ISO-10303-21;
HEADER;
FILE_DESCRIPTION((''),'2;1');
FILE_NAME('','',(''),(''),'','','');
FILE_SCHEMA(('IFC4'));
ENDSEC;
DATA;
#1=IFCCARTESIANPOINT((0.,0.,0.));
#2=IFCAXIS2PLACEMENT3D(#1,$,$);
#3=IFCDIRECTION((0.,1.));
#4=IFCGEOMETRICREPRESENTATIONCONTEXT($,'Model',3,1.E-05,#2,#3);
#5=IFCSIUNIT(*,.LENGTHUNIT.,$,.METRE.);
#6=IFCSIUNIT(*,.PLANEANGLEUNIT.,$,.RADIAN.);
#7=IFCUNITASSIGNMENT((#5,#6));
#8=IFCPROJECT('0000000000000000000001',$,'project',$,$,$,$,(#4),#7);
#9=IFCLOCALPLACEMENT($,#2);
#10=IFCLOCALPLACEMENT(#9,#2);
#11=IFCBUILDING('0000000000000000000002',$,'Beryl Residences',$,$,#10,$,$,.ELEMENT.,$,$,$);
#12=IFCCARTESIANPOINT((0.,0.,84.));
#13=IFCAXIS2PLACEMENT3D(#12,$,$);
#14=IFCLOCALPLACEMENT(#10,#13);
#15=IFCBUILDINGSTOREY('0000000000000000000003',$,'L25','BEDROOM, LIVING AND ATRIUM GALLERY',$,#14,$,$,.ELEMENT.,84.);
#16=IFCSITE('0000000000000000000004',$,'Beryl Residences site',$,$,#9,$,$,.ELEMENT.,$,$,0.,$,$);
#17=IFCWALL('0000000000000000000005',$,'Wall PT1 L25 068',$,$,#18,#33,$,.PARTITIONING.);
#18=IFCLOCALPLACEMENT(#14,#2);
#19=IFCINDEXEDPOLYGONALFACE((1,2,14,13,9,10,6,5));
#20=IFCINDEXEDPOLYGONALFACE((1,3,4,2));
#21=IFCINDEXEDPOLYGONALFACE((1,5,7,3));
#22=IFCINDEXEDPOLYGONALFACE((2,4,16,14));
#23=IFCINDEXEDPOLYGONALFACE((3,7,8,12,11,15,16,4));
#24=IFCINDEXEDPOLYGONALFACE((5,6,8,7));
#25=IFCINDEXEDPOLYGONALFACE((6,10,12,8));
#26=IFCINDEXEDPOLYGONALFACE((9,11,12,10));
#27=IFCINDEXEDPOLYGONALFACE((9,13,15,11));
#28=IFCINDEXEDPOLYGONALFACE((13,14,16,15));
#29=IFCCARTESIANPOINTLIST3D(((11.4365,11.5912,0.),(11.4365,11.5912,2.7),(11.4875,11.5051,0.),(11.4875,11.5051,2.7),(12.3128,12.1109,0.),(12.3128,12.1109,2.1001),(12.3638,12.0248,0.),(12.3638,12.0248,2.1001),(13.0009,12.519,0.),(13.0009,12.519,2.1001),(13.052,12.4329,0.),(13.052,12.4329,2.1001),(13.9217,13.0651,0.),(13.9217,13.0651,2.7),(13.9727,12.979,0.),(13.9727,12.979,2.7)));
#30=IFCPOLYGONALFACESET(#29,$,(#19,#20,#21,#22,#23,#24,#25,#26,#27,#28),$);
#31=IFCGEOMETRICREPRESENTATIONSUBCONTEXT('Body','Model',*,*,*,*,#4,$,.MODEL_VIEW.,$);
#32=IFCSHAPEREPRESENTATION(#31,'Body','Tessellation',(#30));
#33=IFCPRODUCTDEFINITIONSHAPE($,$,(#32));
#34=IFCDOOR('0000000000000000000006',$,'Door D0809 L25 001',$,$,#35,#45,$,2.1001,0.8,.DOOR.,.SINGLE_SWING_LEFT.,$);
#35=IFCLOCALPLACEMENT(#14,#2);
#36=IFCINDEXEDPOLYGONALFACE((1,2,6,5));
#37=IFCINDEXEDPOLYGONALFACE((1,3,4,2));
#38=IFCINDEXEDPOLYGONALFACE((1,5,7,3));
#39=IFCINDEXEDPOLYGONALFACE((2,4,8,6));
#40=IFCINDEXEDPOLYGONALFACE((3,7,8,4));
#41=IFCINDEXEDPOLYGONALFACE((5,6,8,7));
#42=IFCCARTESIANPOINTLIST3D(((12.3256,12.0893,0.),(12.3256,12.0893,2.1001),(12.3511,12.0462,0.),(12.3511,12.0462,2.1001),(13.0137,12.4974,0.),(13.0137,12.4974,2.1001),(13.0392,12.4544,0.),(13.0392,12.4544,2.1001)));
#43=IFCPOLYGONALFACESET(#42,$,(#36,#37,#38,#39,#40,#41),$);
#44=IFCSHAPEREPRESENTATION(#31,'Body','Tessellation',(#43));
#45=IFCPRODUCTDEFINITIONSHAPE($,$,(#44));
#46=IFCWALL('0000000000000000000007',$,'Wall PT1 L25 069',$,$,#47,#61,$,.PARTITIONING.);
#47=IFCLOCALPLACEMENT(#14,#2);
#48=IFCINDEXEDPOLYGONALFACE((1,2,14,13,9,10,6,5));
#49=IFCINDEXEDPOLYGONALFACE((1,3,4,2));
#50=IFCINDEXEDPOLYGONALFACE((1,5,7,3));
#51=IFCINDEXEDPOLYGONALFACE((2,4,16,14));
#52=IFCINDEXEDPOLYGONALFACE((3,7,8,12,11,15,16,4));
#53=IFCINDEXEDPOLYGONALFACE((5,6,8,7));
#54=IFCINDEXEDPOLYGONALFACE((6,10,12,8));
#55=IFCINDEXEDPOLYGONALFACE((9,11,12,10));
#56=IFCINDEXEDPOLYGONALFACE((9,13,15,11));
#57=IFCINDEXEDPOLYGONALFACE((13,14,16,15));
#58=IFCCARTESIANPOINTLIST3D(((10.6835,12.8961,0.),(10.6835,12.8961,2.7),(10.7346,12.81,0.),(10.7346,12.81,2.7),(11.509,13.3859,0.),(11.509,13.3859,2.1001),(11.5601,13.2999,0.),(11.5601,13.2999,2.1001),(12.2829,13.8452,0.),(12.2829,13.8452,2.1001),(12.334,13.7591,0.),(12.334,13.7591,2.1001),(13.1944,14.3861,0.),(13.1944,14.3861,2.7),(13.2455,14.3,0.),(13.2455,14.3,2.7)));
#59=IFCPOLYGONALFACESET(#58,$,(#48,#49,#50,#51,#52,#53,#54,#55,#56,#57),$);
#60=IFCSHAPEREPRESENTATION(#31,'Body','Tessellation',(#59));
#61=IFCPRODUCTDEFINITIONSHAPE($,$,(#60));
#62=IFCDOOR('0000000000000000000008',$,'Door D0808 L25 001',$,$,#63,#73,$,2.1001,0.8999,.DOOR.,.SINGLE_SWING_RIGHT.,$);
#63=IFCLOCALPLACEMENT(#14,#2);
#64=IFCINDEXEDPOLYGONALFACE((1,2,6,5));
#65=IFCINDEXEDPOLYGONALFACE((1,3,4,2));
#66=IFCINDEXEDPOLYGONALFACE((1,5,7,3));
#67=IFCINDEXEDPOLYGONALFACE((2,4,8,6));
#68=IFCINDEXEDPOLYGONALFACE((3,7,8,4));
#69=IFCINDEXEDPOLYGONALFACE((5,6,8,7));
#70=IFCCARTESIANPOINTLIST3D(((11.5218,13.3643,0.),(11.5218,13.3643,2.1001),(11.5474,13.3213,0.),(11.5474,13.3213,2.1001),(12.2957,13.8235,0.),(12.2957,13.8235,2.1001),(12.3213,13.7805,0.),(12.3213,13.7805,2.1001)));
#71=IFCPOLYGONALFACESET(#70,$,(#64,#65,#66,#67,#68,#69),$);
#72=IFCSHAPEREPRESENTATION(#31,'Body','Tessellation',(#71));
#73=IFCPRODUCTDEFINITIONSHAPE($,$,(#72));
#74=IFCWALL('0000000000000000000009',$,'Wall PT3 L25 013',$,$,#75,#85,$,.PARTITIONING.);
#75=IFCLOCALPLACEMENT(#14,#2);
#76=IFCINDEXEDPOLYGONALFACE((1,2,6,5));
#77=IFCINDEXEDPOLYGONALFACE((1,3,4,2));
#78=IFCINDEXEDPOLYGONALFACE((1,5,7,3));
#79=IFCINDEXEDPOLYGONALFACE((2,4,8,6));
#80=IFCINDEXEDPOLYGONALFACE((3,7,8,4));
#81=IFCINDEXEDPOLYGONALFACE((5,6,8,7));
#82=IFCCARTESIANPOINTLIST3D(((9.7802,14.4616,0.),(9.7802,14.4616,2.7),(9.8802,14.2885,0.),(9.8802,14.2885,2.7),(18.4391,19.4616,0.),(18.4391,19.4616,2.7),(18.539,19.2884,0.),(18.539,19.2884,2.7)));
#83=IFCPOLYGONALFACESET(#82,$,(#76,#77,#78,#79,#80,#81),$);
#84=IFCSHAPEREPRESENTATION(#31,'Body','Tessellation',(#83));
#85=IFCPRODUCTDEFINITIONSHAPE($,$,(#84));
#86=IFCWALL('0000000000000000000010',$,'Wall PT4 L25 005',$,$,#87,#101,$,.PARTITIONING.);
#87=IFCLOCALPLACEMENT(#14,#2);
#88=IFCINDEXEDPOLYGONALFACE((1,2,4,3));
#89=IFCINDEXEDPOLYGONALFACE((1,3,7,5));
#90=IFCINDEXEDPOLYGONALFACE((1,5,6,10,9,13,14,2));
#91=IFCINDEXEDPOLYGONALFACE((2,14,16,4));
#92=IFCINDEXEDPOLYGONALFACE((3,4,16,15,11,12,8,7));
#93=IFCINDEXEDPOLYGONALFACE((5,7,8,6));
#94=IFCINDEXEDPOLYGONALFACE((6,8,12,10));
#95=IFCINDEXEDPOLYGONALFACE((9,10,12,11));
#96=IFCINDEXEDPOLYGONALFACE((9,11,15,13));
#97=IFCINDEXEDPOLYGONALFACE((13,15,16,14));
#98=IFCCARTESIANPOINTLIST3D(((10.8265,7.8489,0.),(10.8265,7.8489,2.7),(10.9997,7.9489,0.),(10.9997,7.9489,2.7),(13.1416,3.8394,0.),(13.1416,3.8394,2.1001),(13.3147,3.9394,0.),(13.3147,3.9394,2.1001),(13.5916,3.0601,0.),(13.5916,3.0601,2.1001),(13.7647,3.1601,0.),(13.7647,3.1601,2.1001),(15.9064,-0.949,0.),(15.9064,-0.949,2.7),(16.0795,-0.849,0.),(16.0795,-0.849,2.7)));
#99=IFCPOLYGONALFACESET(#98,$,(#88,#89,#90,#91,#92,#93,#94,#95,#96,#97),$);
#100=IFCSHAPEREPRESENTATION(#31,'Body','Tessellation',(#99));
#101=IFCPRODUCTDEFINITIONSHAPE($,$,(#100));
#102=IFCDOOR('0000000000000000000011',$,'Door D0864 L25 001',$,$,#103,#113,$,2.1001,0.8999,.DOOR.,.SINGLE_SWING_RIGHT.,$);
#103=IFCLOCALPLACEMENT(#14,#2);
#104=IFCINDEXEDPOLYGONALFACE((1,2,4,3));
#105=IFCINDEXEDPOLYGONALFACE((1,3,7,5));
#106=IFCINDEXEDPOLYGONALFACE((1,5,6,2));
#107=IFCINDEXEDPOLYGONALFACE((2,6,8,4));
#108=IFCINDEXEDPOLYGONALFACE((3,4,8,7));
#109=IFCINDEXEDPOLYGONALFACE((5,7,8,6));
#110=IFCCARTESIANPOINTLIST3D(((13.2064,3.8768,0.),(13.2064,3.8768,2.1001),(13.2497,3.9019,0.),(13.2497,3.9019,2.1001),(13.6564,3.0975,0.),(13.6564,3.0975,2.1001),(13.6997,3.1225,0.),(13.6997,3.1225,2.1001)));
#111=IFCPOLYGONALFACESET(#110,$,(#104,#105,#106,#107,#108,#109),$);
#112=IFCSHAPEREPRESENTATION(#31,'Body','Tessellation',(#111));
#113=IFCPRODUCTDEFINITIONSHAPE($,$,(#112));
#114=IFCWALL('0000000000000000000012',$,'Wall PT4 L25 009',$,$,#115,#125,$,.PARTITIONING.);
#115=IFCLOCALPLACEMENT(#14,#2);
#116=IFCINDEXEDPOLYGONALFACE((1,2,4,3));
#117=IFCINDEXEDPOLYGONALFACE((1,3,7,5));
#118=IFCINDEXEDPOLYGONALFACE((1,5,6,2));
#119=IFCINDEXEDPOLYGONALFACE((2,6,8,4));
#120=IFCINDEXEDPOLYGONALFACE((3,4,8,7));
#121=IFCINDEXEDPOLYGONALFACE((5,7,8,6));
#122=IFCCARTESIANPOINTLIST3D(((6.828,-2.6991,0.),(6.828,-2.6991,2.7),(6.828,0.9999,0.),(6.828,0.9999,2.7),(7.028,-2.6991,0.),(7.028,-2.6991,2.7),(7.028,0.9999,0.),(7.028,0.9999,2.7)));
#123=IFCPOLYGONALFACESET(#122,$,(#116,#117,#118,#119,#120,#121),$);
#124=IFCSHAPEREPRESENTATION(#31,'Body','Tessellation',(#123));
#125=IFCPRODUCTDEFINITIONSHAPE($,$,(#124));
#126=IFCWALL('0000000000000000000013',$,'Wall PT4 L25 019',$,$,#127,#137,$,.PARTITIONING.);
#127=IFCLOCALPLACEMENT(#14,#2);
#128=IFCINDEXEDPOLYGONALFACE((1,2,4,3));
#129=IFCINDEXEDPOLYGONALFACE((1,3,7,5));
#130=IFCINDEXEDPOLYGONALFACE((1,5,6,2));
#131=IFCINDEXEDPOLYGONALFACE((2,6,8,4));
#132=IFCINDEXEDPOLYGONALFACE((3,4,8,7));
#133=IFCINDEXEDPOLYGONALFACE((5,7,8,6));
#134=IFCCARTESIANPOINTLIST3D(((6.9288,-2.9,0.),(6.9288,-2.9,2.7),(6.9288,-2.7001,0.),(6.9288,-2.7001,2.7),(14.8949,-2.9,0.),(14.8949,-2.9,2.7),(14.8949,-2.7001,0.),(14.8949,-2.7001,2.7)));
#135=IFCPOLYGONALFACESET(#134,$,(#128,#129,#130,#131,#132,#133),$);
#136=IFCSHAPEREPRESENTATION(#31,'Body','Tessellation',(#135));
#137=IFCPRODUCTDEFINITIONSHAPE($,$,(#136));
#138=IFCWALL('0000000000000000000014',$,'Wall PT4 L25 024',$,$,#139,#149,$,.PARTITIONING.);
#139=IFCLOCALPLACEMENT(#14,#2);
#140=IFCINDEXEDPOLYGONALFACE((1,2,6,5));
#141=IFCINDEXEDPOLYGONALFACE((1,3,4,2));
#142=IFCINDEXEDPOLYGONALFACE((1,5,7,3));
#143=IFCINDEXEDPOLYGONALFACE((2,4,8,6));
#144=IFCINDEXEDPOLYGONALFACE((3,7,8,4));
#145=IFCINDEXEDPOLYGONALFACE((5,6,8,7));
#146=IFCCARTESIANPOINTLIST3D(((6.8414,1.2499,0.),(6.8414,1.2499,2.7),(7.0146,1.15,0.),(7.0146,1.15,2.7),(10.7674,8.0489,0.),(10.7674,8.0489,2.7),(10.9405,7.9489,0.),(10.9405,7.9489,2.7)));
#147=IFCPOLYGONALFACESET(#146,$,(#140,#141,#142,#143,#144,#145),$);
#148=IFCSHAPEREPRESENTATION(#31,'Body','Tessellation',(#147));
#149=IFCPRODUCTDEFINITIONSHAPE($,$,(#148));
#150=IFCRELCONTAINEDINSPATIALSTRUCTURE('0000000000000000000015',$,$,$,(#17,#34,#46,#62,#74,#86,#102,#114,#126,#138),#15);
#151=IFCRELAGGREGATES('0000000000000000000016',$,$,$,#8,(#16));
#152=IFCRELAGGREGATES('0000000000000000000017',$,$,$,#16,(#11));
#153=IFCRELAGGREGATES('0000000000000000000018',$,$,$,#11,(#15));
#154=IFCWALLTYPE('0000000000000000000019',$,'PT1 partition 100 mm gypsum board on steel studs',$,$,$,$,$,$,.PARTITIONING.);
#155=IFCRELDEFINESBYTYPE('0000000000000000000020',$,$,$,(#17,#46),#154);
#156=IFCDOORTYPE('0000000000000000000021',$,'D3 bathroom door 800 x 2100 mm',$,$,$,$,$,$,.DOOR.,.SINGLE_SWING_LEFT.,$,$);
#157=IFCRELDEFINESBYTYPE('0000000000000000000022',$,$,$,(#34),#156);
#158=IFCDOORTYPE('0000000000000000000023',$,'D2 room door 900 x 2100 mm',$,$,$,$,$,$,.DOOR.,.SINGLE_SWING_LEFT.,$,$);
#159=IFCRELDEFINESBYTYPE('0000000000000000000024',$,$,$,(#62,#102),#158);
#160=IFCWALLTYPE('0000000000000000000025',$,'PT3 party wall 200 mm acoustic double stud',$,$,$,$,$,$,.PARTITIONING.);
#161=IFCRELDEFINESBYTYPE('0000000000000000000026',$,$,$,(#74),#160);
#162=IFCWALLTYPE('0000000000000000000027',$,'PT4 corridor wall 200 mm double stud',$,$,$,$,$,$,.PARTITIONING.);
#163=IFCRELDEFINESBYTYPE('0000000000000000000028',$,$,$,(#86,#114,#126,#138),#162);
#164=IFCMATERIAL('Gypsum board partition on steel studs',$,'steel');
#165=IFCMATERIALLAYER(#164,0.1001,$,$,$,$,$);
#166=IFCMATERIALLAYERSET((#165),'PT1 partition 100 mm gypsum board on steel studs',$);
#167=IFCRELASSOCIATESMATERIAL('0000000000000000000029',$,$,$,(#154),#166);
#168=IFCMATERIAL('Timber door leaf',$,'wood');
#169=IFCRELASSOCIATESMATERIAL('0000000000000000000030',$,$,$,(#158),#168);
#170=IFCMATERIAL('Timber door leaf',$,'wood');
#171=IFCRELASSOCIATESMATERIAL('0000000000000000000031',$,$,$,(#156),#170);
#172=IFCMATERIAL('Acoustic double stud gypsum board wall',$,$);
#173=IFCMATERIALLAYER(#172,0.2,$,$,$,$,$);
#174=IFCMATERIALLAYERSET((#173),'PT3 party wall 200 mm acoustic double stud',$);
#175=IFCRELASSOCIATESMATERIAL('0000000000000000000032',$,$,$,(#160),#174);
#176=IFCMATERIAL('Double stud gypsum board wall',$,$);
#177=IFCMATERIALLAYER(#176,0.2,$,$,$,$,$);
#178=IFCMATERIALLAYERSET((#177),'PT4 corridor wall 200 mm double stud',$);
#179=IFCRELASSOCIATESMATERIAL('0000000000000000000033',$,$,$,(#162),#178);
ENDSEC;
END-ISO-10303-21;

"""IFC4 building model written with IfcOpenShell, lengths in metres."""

from ifc_helpers import new_model, si_unit, direction, frame, frame_2d, origin, place, context, subcontext, project, spatial, rectangle, extrude, material, layer, layer_set, type_object, element, fill, save


model = new_model("IFC4")

# Units and contexts
model_context = context("Model", 3, precision=1e-05, world=origin(), true_north=direction((0.0, 1.0)))
body_context = subcontext(model_context, "Body", "Model", "MODEL_VIEW")
ifc_project = project(units=[si_unit("LENGTHUNIT", "METRE"), si_unit("PLANEANGLEUNIT", "RADIAN")], contexts=[model_context])

# Site, building, storey
site_placement = place(None, origin())
site = spatial("IfcSite", under=ifc_project, at=site_placement, Name="Beryl Residences site", CompositionType="ELEMENT", RefElevation=0.0)
building_placement = place(site_placement, origin())
building = spatial("IfcBuilding", under=site, at=building_placement, Name="Beryl Residences", CompositionType="ELEMENT")
storey_placement = place(building_placement, frame((0.0, 0.0, 84.0)))
storey = spatial("IfcBuildingStorey", under=building, at=storey_placement, Name="L25", Description="BEDROOM, LIVING AND ATRIUM GALLERY", CompositionType="ELEMENT", Elevation=84.0)

# Shared definitions
ifc_material_1 = material(Name="Gypsum board partition on steel studs", Category="steel")
ifc_layer_1 = layer(ifc_material_1, 0.1001)
ifc_layer_set_1 = layer_set([ifc_layer_1], Name="PT1 partition 100 mm gypsum board on steel studs")
wall_type_1 = type_object("IfcWallType", Name="PT1 partition 100 mm gypsum board on steel studs", PredefinedType="PARTITIONING", material=ifc_layer_set_1)

# Walls, openings, doors
ifc_material_2 = material(Name="Timber door leaf", Category="wood")
door_type_1 = type_object("IfcDoorType", Name="D2 room door 900 x 2100 mm", OperationType="SINGLE_SWING_LEFT", PredefinedType="DOOR", material=ifc_material_2)
wall_1_placement = place(storey_placement, frame((11.4619, 11.5481, 0.0), z_axis=(0.0, 0.0, 1.0), x_axis=(0.860106, 0.510115, 0.0)))
wall_1 = element("IfcWall", 1, at=wall_1_placement, inside=storey, type_object=wall_type_1, Name="Wall PT1 L25 068", PredefinedType="PARTITIONING", context=body_context, shape_type="SweptSolid", body=[
    extrude(rectangle(XDim=2.8894, YDim=0.1001, at=frame_2d((1.4448, 0.0))), origin(), (0.0, 0.0, 1.0), 2.7),
])
opening_1_placement = place(wall_1_placement, frame((1.019, 0.0, 0.0)))
opening_1 = element("IfcOpeningElement", 2, at=opening_1_placement, cuts=wall_1, PredefinedType="OPENING", context=body_context, shape_type="SweptSolid", body=[
    extrude(rectangle(XDim=0.8, YDim=2.1001, at=frame_2d((0.3999, 1.05))), frame((0.0, 0.0601, 0.0), z_axis=(0.0, -1.0, 0.0), x_axis=(1.0, 0.0, 0.0)), (0.0, 0.0, 1.0), 0.1201),
])
ifc_material_3 = material(Name="Timber door leaf", Category="wood")
door_type_2 = type_object("IfcDoorType", Name="D3 bathroom door 800 x 2100 mm", OperationType="SINGLE_SWING_LEFT", PredefinedType="DOOR", material=ifc_material_3)
door_1_placement = place(opening_1_placement, origin())
door_1 = element("IfcDoor", 3, at=door_1_placement, inside=storey, type_object=door_type_2, Name="Door D0809 L25 001", OperationType="SINGLE_SWING_LEFT", OverallHeight=2.1001, OverallWidth=0.8, PredefinedType="DOOR", context=body_context, shape_type="SweptSolid", body=[
    extrude(rectangle(XDim=0.8, YDim=2.1001, at=frame_2d((0.3999, 1.05))), frame((0.0, 0.0249, 0.0), z_axis=(0.0, -1.0, 0.0), x_axis=(1.0, 0.0, 0.0)), (0.0, 0.0, 1.0), 0.05),
])
fill(opening_1, door_1)
wall_2_placement = place(storey_placement, frame((10.709, 12.853, 0.0), z_axis=(0.0, 0.0, 1.0), x_axis=(0.859991, 0.510309, 0.0)))
wall_2 = element("IfcWall", 4, at=wall_2_placement, inside=storey, type_object=wall_type_1, Name="Wall PT1 L25 069", PredefinedType="PARTITIONING", context=body_context, shape_type="SweptSolid", body=[
    extrude(rectangle(XDim=2.9197, YDim=0.1001, at=frame_2d((1.46, 0.0))), origin(), (0.0, 0.0, 1.0), 2.7),
])
opening_2_placement = place(wall_2_placement, frame((0.96, 0.0, 0.0)))
opening_2 = element("IfcOpeningElement", 5, at=opening_2_placement, cuts=wall_2, PredefinedType="OPENING", context=body_context, shape_type="SweptSolid", body=[
    extrude(rectangle(XDim=0.8999, YDim=2.1001, at=frame_2d((0.45, 1.05))), frame((0.0, 0.0601, 0.0), z_axis=(0.0, -1.0, 0.0), x_axis=(1.0, 0.0, 0.0)), (0.0, 0.0, 1.0), 0.1201),
])
door_2_placement = place(opening_2_placement, origin())
door_2 = element("IfcDoor", 6, at=door_2_placement, inside=storey, type_object=door_type_1, Name="Door D0808 L25 001", OperationType="SINGLE_SWING_RIGHT", OverallHeight=2.1001, OverallWidth=0.8999, PredefinedType="DOOR", context=body_context, shape_type="SweptSolid", body=[
    extrude(rectangle(XDim=0.8999, YDim=2.1001, at=frame_2d((0.45, 1.05))), frame((0.0, 0.0249, 0.0), z_axis=(0.0, -1.0, 0.0), x_axis=(1.0, 0.0, 0.0)), (0.0, 0.0, 1.0), 0.05),
])
fill(opening_2, door_2)

# Wall
ifc_material_4 = material(Name="Acoustic double stud gypsum board wall")
ifc_layer_2 = layer(ifc_material_4, 0.2)
ifc_layer_set_2 = layer_set([ifc_layer_2], Name="PT3 party wall 200 mm acoustic double stud")
wall_type_2 = type_object("IfcWallType", Name="PT3 party wall 200 mm acoustic double stud", PredefinedType="PARTITIONING", material=ifc_layer_set_2)
wall_3_placement = place(storey_placement, frame((9.8301, 14.375, 0.0), z_axis=(0.0, 0.0, 1.0), x_axis=(0.865992, 0.500057, 0.0)))
element("IfcWall", 7, at=wall_3_placement, inside=storey, type_object=wall_type_2, Name="Wall PT3 L25 013", PredefinedType="PARTITIONING", context=body_context, shape_type="SweptSolid", body=[
    extrude(rectangle(XDim=9.9988, YDim=0.2, at=frame_2d((4.9995, 0.0))), origin(), (0.0, 0.0, 1.0), 2.7),
])

# Wall, opening, door
ifc_material_5 = material(Name="Double stud gypsum board wall")
ifc_layer_3 = layer(ifc_material_5, 0.2)
ifc_layer_set_3 = layer_set([ifc_layer_3], Name="PT4 corridor wall 200 mm double stud")
wall_type_3 = type_object("IfcWallType", Name="PT4 corridor wall 200 mm double stud", PredefinedType="PARTITIONING", material=ifc_layer_set_3)
wall_4_placement = place(storey_placement, frame((10.9131, 7.8989, 0.0), z_axis=(0.0, 0.0, 1.0), x_axis=(0.500029, -0.866009, 0.0)))
wall_4 = element("IfcWall", 8, at=wall_4_placement, inside=storey, type_object=wall_type_3, Name="Wall PT4 L25 005", PredefinedType="PARTITIONING", context=body_context, shape_type="SweptSolid", body=[
    extrude(rectangle(XDim=10.1592, YDim=0.2, at=frame_2d((5.0796, 0.0))), origin(), (0.0, 0.0, 1.0), 2.7),
])
opening_3_placement = place(wall_4_placement, frame((4.6299, 0.0, 0.0)))
opening_3 = element("IfcOpeningElement", 9, at=opening_3_placement, cuts=wall_4, PredefinedType="OPENING", context=body_context, shape_type="SweptSolid", body=[
    extrude(rectangle(XDim=0.8999, YDim=2.1001, at=frame_2d((0.45, 1.05))), frame((0.0, 0.1099, 0.0), z_axis=(0.0, -1.0, 0.0), x_axis=(1.0, 0.0, 0.0)), (0.0, 0.0, 1.0), 0.22),
])
door_3_placement = place(opening_3_placement, origin())
door_3 = element("IfcDoor", 10, at=door_3_placement, inside=storey, type_object=door_type_1, Name="Door D0864 L25 001", OperationType="SINGLE_SWING_RIGHT", OverallHeight=2.1001, OverallWidth=0.8999, PredefinedType="DOOR", context=body_context, shape_type="SweptSolid", body=[
    extrude(rectangle(XDim=0.8999, YDim=2.1001, at=frame_2d((0.45, 1.05))), frame((0.0, 0.0249, 0.0), z_axis=(0.0, -1.0, 0.0), x_axis=(1.0, 0.0, 0.0)), (0.0, 0.0, 1.0), 0.05),
])
fill(opening_3, door_3)

# Walls
wall_5_placement = place(storey_placement, frame((6.928, 1.0, 0.0), z_axis=(0.0, 0.0, 1.0), x_axis=(0.0, -1.0, 0.0)))
element("IfcWall", 11, at=wall_5_placement, inside=storey, type_object=wall_type_3, Name="Wall PT4 L25 009", PredefinedType="PARTITIONING", context=body_context, shape_type="SweptSolid", body=[
    extrude(rectangle(XDim=3.699, YDim=0.2, at=frame_2d((1.8496, 0.0))), origin(), (0.0, 0.0, 1.0), 2.7),
])
wall_6_placement = place(storey_placement, frame((6.929, -2.8, 0.0), z_axis=(0.0, 0.0, 1.0), x_axis=(1.0, 0.0, 0.0)))
element("IfcWall", 12, at=wall_6_placement, inside=storey, type_object=wall_type_3, Name="Wall PT4 L25 019", PredefinedType="PARTITIONING", context=body_context, shape_type="SweptSolid", body=[
    extrude(rectangle(XDim=7.9661, YDim=0.2, at=frame_2d((3.9829, 0.0))), origin(), (0.0, 0.0, 1.0), 2.7),
])
wall_7_placement = place(storey_placement, frame((6.928, 1.2, 0.0), z_axis=(0.0, 0.0, 1.0), x_axis=(0.500055, 0.865993, 0.0)))
element("IfcWall", 13, at=wall_7_placement, inside=storey, type_object=wall_type_3, Name="Wall PT4 L25 024", PredefinedType="PARTITIONING", context=body_context, shape_type="SweptSolid", body=[
    extrude(rectangle(XDim=7.8511, YDim=0.2, at=frame_2d((3.9255, 0.0))), origin(), (0.0, 0.0, 1.0), 2.7),
])

save(model, "model.ifc")
